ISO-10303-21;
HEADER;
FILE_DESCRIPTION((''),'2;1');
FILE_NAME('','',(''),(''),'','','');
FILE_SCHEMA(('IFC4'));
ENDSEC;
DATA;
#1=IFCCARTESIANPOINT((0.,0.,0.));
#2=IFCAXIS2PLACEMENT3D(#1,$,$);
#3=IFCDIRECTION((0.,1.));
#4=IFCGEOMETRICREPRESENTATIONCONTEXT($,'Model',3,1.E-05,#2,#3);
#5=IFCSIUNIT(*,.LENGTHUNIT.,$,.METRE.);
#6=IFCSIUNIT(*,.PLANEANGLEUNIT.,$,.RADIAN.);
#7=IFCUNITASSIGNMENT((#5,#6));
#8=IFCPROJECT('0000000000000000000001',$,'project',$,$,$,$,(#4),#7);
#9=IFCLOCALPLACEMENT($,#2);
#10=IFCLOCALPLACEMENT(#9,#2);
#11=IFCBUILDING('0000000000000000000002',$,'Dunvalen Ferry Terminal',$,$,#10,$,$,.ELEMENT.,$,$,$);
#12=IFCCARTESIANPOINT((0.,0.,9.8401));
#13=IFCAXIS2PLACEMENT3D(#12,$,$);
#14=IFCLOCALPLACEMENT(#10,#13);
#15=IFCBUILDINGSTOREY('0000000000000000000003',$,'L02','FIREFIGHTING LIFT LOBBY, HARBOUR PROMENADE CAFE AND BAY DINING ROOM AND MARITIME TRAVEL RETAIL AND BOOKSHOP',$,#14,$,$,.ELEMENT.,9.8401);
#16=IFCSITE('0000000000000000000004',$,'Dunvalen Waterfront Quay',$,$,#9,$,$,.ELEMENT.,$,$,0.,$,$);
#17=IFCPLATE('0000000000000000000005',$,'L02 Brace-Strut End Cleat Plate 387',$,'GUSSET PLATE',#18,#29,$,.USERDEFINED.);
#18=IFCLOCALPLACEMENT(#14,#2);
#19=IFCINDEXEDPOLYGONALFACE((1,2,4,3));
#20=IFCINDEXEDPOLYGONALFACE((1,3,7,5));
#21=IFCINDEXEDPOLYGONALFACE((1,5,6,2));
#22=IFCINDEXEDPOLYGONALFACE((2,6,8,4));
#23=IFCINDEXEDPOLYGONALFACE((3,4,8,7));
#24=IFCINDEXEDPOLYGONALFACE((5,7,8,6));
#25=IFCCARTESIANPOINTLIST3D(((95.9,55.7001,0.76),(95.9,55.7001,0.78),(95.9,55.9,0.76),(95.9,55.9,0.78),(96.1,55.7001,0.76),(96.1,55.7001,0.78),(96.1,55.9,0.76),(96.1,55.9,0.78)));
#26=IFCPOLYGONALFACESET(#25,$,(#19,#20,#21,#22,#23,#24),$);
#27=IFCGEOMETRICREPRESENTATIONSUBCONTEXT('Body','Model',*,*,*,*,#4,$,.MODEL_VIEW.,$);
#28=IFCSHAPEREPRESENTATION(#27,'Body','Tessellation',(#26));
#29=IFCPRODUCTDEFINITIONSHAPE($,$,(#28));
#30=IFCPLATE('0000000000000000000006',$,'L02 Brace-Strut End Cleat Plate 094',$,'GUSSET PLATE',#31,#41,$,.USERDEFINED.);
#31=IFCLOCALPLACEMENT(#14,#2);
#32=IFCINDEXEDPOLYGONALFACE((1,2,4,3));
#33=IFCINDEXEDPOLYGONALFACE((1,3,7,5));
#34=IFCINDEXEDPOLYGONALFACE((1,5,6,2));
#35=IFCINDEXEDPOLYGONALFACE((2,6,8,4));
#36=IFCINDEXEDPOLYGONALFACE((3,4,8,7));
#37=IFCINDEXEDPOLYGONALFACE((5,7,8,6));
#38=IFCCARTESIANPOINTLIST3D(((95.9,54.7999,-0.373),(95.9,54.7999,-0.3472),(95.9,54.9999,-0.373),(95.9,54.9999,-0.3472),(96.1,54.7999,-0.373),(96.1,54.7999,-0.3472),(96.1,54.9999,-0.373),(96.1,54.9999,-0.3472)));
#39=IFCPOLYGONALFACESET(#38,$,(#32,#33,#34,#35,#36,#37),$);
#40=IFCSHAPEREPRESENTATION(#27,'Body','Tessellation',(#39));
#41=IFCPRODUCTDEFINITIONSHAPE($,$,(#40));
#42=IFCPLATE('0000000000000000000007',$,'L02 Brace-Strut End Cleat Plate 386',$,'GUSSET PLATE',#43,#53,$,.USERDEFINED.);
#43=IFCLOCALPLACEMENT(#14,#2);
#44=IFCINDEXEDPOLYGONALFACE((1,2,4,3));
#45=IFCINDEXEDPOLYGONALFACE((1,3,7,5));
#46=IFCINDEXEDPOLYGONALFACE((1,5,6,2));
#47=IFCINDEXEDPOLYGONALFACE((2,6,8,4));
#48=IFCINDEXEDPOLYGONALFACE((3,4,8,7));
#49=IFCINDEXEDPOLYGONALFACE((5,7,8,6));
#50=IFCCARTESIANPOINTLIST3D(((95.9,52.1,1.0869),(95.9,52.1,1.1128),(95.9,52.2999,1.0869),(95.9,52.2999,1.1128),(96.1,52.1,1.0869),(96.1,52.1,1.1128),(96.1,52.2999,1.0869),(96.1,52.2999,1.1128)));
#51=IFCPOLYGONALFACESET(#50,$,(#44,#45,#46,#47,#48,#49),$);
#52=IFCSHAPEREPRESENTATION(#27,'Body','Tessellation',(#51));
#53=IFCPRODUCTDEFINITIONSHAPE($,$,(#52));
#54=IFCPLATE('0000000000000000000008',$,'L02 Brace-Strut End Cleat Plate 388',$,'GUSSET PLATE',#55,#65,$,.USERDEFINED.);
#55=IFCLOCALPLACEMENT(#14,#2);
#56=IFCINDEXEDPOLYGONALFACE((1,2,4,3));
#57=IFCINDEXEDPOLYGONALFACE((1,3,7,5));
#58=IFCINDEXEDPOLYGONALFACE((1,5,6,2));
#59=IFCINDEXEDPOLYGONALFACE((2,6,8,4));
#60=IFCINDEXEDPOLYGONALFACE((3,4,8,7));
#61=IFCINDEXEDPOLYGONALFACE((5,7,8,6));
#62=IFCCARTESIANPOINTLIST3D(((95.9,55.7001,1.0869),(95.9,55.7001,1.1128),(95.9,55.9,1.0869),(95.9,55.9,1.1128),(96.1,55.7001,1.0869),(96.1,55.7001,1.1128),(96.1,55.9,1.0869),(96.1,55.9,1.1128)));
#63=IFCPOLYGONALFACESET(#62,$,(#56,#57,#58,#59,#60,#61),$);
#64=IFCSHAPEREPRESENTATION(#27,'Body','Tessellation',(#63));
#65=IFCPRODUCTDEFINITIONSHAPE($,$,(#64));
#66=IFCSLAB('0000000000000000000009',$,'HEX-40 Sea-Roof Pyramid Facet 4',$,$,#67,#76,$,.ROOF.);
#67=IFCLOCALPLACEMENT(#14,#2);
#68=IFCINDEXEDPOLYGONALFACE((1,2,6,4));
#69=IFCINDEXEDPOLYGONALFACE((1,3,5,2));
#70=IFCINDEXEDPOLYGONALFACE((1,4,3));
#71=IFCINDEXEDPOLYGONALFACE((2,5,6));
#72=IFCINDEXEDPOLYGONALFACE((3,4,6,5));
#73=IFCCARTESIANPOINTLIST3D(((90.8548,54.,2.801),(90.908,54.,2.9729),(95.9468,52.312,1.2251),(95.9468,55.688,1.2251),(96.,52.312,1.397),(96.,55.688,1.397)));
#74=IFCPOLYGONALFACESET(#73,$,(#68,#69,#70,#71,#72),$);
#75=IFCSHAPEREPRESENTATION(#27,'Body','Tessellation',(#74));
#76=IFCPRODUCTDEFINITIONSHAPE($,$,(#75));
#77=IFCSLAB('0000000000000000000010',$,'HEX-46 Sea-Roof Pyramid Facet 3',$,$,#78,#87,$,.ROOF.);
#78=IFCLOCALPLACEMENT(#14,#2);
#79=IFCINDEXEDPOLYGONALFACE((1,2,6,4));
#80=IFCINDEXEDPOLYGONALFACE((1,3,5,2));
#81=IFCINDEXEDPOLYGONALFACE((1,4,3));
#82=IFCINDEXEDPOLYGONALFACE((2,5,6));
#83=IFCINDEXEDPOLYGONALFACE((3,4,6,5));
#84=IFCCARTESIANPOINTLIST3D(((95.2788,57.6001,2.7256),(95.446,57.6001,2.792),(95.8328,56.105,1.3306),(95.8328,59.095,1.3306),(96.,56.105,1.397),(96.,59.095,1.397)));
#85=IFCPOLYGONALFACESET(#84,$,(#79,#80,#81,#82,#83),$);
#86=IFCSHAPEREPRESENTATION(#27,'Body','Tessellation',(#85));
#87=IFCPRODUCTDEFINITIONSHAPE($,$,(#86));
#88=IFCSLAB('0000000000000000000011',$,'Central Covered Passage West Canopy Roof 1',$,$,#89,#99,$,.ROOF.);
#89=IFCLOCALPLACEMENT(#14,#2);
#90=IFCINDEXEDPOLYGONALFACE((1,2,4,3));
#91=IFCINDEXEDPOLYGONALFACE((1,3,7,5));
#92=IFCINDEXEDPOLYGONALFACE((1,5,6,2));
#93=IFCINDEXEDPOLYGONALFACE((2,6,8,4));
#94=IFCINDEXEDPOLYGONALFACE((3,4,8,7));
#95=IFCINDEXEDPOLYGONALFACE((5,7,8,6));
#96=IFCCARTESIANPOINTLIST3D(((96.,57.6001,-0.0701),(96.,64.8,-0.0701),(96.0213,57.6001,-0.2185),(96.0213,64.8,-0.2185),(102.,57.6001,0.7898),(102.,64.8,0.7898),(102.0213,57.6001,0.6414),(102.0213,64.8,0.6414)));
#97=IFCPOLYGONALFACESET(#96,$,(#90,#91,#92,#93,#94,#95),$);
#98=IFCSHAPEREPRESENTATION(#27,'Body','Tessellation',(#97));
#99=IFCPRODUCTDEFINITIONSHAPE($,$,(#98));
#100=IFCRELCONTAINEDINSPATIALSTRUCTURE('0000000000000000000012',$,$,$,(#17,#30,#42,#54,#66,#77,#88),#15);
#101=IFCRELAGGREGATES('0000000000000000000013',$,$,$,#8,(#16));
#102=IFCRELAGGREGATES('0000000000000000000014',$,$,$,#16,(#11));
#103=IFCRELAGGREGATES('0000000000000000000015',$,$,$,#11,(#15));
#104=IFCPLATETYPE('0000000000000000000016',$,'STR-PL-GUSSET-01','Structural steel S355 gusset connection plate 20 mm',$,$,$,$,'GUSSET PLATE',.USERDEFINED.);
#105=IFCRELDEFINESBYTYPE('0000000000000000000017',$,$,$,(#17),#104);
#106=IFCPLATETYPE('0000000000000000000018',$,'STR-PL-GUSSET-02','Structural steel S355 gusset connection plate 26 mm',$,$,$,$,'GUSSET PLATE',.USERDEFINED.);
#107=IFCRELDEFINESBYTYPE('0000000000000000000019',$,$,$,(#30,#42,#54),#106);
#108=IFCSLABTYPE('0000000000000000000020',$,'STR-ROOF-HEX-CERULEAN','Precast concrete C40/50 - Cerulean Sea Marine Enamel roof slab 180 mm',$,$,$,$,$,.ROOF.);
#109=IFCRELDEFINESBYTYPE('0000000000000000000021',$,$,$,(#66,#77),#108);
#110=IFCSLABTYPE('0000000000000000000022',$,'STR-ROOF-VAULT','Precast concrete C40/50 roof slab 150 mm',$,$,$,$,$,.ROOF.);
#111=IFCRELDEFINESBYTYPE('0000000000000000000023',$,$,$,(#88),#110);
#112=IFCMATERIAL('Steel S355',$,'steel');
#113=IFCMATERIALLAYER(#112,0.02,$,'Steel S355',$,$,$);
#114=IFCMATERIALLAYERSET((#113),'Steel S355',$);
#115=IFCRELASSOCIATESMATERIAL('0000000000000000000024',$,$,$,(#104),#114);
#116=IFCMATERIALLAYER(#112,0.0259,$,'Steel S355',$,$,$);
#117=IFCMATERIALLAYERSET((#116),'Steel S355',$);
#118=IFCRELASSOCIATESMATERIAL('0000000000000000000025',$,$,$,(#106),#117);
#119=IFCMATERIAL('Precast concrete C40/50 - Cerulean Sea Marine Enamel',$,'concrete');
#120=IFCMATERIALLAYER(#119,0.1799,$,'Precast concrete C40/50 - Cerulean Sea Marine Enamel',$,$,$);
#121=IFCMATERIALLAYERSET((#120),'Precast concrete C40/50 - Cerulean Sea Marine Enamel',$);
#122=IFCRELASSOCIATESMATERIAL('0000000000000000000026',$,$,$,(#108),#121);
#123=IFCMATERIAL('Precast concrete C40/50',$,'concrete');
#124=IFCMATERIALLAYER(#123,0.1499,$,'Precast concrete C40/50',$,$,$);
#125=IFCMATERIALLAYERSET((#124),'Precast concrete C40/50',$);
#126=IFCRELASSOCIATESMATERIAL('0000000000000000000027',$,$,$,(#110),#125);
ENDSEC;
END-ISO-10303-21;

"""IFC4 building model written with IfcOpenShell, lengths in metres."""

from ifc_helpers import new_model, si_unit, direction, frame, origin, origin_2d, place, context, subcontext, project, spatial, polyline, rectangle, outline, extrude, material, layer, layer_set, type_object, element, save


model = new_model("IFC4")

# Units and contexts
model_context = context("Model", 3, precision=1e-05, world=origin(), true_north=direction((0.0, 1.0)))
body_context = subcontext(model_context, "Body", "Model", "MODEL_VIEW")
ifc_project = project(units=[si_unit("LENGTHUNIT", "METRE"), si_unit("PLANEANGLEUNIT", "RADIAN")], contexts=[model_context])

# Site, building, storey
site_placement = place(None, origin())
site = spatial("IfcSite", under=ifc_project, at=site_placement, Name="Dunvalen Waterfront Quay", CompositionType="ELEMENT", RefElevation=0.0)
building_placement = place(site_placement, origin())
building = spatial("IfcBuilding", under=site, at=building_placement, Name="Dunvalen Ferry Terminal", CompositionType="ELEMENT")
storey_placement = place(building_placement, frame((0.0, 0.0, 9.8401)))
storey = spatial("IfcBuildingStorey", under=building, at=storey_placement, Name="L02", Description="FIREFIGHTING LIFT LOBBY, HARBOUR PROMENADE CAFE AND BAY DINING ROOM AND MARITIME TRAVEL RETAIL AND BOOKSHOP", CompositionType="ELEMENT", Elevation=9.8401)

# Shared definitions
ifc_material_1 = material(Name="Steel S355", Category="steel")

# Plates
ifc_layer_1 = layer(ifc_material_1, 0.02, Name="Steel S355")
ifc_layer_set_1 = layer_set([ifc_layer_1], Name="Steel S355")
plate_type_1 = type_object("IfcPlateType", Name="STR-PL-GUSSET-01", Description="Structural steel S355 gusset connection plate 20 mm", ElementType="GUSSET PLATE", PredefinedType="USERDEFINED", material=ifc_layer_set_1)
for number, where, z_axis, x_axis, name in (
    (1, (96.0, 55.8, 0.76), (0.0, 0.0, 1.0), (1.0, 0.0, 0.0), "L02 Brace-Strut End Cleat Plate 387"),
):
    element("IfcPlate", number, at=place(storey_placement, frame(where, z_axis=z_axis, x_axis=x_axis)), inside=storey, type_object=plate_type_1, Name=name, ObjectType="GUSSET PLATE", PredefinedType="USERDEFINED", context=body_context, shape_type="SweptSolid", body=[
        extrude(rectangle(XDim=0.2, YDim=0.2, at=origin_2d()), origin(), (0.0, 0.0, 1.0), 0.02),
    ])
ifc_layer_2 = layer(ifc_material_1, 0.0259, Name="Steel S355")
ifc_layer_set_2 = layer_set([ifc_layer_2], Name="Steel S355")
plate_type_2 = type_object("IfcPlateType", Name="STR-PL-GUSSET-02", Description="Structural steel S355 gusset connection plate 26 mm", ElementType="GUSSET PLATE", PredefinedType="USERDEFINED", material=ifc_layer_set_2)
for number, where, z_axis, x_axis, name in (
    (2, (96.0, 54.8999, -0.373), (0.0, 0.0, 1.0), (1.0, 0.0, 0.0), "L02 Brace-Strut End Cleat Plate 094"),
    (3, (96.0, 52.2, 1.0869), (0.0, 0.0, 1.0), (1.0, 0.0, 0.0), "L02 Brace-Strut End Cleat Plate 386"),
    (4, (96.0, 55.8, 1.0869), (0.0, 0.0, 1.0), (1.0, 0.0, 0.0), "L02 Brace-Strut End Cleat Plate 388"),
):
    element("IfcPlate", number, at=place(storey_placement, frame(where, z_axis=z_axis, x_axis=x_axis)), inside=storey, type_object=plate_type_2, Name=name, ObjectType="GUSSET PLATE", PredefinedType="USERDEFINED", context=body_context, shape_type="SweptSolid", body=[
        extrude(rectangle(XDim=0.2, YDim=0.2, at=origin_2d()), origin(), (0.0, 0.0, 1.0), 0.0259),
    ])

# Slabs
ifc_material_2 = material(Name="Precast concrete C40/50 - Cerulean Sea Marine Enamel", Category="concrete")
ifc_layer_3 = layer(ifc_material_2, 0.1799, Name="Precast concrete C40/50 - Cerulean Sea Marine Enamel")
ifc_layer_set_3 = layer_set([ifc_layer_3], Name="Precast concrete C40/50 - Cerulean Sea Marine Enamel")
slab_type_1 = type_object("IfcSlabType", Name="STR-ROOF-HEX-CERULEAN", Description="Precast concrete C40/50 - Cerulean Sea Marine Enamel roof slab 180 mm", PredefinedType="ROOF", material=ifc_layer_set_3)
slab_1_placement = place(storey_placement, frame((96.0, 52.312, 1.397), z_axis=(0.295653, 0.0, 0.955295), x_axis=(0.0, 1.0, 0.0)))
element("IfcSlab", 5, at=slab_1_placement, inside=storey, type_object=slab_type_1, Name="HEX-40 Sea-Roof Pyramid Facet 4", PredefinedType="ROOF", context=body_context, shape_type="SweptSolid", body=[
    extrude(outline(polyline([(0.0, 0.0), (3.376, 0.0), (1.688, 5.3303), (0.0, 0.0)])), origin(), (0.0, 0.0, -1.0), 0.1799),
])
slab_2_placement = place(storey_placement, frame((96.0, 56.105, 1.397), z_axis=(0.929405, 0.0, 0.369062), x_axis=(0.0, 1.0, 0.0)))
element("IfcSlab", 6, at=slab_2_placement, inside=storey, type_object=slab_type_1, Name="HEX-46 Sea-Roof Pyramid Facet 3", PredefinedType="ROOF", context=body_context, shape_type="SweptSolid", body=[
    extrude(outline(polyline([(0.0, 0.0), (2.99, 0.0), (1.4951, 1.501), (0.0, 0.0)])), origin(), (0.0, 0.0, -1.0), 0.1799),
])
ifc_material_3 = material(Name="Precast concrete C40/50", Category="concrete")
ifc_layer_4 = layer(ifc_material_3, 0.1499, Name="Precast concrete C40/50")
ifc_layer_set_4 = layer_set([ifc_layer_4], Name="Precast concrete C40/50")
slab_type_2 = type_object("IfcSlabType", Name="STR-ROOF-VAULT", Description="Precast concrete C40/50 roof slab 150 mm", PredefinedType="ROOF", material=ifc_layer_set_4)
slab_3_placement = place(storey_placement, frame((96.0, 57.6001, -0.0701), z_axis=(-0.141861, 0.0, 0.989887), x_axis=(0.989887, 0.0, 0.141861)))
element("IfcSlab", 7, at=slab_3_placement, inside=storey, type_object=slab_type_2, Name="Central Covered Passage West Canopy Roof 1", PredefinedType="ROOF", context=body_context, shape_type="SweptSolid", body=[
    extrude(outline(polyline([(0.0, 0.0), (6.0613, 0.0), (6.0613, 7.2), (0.0, 7.2), (0.0, 0.0)])), origin(), (0.0, 0.0, -1.0), 0.1499),
])

save(model, "model.ifc")
